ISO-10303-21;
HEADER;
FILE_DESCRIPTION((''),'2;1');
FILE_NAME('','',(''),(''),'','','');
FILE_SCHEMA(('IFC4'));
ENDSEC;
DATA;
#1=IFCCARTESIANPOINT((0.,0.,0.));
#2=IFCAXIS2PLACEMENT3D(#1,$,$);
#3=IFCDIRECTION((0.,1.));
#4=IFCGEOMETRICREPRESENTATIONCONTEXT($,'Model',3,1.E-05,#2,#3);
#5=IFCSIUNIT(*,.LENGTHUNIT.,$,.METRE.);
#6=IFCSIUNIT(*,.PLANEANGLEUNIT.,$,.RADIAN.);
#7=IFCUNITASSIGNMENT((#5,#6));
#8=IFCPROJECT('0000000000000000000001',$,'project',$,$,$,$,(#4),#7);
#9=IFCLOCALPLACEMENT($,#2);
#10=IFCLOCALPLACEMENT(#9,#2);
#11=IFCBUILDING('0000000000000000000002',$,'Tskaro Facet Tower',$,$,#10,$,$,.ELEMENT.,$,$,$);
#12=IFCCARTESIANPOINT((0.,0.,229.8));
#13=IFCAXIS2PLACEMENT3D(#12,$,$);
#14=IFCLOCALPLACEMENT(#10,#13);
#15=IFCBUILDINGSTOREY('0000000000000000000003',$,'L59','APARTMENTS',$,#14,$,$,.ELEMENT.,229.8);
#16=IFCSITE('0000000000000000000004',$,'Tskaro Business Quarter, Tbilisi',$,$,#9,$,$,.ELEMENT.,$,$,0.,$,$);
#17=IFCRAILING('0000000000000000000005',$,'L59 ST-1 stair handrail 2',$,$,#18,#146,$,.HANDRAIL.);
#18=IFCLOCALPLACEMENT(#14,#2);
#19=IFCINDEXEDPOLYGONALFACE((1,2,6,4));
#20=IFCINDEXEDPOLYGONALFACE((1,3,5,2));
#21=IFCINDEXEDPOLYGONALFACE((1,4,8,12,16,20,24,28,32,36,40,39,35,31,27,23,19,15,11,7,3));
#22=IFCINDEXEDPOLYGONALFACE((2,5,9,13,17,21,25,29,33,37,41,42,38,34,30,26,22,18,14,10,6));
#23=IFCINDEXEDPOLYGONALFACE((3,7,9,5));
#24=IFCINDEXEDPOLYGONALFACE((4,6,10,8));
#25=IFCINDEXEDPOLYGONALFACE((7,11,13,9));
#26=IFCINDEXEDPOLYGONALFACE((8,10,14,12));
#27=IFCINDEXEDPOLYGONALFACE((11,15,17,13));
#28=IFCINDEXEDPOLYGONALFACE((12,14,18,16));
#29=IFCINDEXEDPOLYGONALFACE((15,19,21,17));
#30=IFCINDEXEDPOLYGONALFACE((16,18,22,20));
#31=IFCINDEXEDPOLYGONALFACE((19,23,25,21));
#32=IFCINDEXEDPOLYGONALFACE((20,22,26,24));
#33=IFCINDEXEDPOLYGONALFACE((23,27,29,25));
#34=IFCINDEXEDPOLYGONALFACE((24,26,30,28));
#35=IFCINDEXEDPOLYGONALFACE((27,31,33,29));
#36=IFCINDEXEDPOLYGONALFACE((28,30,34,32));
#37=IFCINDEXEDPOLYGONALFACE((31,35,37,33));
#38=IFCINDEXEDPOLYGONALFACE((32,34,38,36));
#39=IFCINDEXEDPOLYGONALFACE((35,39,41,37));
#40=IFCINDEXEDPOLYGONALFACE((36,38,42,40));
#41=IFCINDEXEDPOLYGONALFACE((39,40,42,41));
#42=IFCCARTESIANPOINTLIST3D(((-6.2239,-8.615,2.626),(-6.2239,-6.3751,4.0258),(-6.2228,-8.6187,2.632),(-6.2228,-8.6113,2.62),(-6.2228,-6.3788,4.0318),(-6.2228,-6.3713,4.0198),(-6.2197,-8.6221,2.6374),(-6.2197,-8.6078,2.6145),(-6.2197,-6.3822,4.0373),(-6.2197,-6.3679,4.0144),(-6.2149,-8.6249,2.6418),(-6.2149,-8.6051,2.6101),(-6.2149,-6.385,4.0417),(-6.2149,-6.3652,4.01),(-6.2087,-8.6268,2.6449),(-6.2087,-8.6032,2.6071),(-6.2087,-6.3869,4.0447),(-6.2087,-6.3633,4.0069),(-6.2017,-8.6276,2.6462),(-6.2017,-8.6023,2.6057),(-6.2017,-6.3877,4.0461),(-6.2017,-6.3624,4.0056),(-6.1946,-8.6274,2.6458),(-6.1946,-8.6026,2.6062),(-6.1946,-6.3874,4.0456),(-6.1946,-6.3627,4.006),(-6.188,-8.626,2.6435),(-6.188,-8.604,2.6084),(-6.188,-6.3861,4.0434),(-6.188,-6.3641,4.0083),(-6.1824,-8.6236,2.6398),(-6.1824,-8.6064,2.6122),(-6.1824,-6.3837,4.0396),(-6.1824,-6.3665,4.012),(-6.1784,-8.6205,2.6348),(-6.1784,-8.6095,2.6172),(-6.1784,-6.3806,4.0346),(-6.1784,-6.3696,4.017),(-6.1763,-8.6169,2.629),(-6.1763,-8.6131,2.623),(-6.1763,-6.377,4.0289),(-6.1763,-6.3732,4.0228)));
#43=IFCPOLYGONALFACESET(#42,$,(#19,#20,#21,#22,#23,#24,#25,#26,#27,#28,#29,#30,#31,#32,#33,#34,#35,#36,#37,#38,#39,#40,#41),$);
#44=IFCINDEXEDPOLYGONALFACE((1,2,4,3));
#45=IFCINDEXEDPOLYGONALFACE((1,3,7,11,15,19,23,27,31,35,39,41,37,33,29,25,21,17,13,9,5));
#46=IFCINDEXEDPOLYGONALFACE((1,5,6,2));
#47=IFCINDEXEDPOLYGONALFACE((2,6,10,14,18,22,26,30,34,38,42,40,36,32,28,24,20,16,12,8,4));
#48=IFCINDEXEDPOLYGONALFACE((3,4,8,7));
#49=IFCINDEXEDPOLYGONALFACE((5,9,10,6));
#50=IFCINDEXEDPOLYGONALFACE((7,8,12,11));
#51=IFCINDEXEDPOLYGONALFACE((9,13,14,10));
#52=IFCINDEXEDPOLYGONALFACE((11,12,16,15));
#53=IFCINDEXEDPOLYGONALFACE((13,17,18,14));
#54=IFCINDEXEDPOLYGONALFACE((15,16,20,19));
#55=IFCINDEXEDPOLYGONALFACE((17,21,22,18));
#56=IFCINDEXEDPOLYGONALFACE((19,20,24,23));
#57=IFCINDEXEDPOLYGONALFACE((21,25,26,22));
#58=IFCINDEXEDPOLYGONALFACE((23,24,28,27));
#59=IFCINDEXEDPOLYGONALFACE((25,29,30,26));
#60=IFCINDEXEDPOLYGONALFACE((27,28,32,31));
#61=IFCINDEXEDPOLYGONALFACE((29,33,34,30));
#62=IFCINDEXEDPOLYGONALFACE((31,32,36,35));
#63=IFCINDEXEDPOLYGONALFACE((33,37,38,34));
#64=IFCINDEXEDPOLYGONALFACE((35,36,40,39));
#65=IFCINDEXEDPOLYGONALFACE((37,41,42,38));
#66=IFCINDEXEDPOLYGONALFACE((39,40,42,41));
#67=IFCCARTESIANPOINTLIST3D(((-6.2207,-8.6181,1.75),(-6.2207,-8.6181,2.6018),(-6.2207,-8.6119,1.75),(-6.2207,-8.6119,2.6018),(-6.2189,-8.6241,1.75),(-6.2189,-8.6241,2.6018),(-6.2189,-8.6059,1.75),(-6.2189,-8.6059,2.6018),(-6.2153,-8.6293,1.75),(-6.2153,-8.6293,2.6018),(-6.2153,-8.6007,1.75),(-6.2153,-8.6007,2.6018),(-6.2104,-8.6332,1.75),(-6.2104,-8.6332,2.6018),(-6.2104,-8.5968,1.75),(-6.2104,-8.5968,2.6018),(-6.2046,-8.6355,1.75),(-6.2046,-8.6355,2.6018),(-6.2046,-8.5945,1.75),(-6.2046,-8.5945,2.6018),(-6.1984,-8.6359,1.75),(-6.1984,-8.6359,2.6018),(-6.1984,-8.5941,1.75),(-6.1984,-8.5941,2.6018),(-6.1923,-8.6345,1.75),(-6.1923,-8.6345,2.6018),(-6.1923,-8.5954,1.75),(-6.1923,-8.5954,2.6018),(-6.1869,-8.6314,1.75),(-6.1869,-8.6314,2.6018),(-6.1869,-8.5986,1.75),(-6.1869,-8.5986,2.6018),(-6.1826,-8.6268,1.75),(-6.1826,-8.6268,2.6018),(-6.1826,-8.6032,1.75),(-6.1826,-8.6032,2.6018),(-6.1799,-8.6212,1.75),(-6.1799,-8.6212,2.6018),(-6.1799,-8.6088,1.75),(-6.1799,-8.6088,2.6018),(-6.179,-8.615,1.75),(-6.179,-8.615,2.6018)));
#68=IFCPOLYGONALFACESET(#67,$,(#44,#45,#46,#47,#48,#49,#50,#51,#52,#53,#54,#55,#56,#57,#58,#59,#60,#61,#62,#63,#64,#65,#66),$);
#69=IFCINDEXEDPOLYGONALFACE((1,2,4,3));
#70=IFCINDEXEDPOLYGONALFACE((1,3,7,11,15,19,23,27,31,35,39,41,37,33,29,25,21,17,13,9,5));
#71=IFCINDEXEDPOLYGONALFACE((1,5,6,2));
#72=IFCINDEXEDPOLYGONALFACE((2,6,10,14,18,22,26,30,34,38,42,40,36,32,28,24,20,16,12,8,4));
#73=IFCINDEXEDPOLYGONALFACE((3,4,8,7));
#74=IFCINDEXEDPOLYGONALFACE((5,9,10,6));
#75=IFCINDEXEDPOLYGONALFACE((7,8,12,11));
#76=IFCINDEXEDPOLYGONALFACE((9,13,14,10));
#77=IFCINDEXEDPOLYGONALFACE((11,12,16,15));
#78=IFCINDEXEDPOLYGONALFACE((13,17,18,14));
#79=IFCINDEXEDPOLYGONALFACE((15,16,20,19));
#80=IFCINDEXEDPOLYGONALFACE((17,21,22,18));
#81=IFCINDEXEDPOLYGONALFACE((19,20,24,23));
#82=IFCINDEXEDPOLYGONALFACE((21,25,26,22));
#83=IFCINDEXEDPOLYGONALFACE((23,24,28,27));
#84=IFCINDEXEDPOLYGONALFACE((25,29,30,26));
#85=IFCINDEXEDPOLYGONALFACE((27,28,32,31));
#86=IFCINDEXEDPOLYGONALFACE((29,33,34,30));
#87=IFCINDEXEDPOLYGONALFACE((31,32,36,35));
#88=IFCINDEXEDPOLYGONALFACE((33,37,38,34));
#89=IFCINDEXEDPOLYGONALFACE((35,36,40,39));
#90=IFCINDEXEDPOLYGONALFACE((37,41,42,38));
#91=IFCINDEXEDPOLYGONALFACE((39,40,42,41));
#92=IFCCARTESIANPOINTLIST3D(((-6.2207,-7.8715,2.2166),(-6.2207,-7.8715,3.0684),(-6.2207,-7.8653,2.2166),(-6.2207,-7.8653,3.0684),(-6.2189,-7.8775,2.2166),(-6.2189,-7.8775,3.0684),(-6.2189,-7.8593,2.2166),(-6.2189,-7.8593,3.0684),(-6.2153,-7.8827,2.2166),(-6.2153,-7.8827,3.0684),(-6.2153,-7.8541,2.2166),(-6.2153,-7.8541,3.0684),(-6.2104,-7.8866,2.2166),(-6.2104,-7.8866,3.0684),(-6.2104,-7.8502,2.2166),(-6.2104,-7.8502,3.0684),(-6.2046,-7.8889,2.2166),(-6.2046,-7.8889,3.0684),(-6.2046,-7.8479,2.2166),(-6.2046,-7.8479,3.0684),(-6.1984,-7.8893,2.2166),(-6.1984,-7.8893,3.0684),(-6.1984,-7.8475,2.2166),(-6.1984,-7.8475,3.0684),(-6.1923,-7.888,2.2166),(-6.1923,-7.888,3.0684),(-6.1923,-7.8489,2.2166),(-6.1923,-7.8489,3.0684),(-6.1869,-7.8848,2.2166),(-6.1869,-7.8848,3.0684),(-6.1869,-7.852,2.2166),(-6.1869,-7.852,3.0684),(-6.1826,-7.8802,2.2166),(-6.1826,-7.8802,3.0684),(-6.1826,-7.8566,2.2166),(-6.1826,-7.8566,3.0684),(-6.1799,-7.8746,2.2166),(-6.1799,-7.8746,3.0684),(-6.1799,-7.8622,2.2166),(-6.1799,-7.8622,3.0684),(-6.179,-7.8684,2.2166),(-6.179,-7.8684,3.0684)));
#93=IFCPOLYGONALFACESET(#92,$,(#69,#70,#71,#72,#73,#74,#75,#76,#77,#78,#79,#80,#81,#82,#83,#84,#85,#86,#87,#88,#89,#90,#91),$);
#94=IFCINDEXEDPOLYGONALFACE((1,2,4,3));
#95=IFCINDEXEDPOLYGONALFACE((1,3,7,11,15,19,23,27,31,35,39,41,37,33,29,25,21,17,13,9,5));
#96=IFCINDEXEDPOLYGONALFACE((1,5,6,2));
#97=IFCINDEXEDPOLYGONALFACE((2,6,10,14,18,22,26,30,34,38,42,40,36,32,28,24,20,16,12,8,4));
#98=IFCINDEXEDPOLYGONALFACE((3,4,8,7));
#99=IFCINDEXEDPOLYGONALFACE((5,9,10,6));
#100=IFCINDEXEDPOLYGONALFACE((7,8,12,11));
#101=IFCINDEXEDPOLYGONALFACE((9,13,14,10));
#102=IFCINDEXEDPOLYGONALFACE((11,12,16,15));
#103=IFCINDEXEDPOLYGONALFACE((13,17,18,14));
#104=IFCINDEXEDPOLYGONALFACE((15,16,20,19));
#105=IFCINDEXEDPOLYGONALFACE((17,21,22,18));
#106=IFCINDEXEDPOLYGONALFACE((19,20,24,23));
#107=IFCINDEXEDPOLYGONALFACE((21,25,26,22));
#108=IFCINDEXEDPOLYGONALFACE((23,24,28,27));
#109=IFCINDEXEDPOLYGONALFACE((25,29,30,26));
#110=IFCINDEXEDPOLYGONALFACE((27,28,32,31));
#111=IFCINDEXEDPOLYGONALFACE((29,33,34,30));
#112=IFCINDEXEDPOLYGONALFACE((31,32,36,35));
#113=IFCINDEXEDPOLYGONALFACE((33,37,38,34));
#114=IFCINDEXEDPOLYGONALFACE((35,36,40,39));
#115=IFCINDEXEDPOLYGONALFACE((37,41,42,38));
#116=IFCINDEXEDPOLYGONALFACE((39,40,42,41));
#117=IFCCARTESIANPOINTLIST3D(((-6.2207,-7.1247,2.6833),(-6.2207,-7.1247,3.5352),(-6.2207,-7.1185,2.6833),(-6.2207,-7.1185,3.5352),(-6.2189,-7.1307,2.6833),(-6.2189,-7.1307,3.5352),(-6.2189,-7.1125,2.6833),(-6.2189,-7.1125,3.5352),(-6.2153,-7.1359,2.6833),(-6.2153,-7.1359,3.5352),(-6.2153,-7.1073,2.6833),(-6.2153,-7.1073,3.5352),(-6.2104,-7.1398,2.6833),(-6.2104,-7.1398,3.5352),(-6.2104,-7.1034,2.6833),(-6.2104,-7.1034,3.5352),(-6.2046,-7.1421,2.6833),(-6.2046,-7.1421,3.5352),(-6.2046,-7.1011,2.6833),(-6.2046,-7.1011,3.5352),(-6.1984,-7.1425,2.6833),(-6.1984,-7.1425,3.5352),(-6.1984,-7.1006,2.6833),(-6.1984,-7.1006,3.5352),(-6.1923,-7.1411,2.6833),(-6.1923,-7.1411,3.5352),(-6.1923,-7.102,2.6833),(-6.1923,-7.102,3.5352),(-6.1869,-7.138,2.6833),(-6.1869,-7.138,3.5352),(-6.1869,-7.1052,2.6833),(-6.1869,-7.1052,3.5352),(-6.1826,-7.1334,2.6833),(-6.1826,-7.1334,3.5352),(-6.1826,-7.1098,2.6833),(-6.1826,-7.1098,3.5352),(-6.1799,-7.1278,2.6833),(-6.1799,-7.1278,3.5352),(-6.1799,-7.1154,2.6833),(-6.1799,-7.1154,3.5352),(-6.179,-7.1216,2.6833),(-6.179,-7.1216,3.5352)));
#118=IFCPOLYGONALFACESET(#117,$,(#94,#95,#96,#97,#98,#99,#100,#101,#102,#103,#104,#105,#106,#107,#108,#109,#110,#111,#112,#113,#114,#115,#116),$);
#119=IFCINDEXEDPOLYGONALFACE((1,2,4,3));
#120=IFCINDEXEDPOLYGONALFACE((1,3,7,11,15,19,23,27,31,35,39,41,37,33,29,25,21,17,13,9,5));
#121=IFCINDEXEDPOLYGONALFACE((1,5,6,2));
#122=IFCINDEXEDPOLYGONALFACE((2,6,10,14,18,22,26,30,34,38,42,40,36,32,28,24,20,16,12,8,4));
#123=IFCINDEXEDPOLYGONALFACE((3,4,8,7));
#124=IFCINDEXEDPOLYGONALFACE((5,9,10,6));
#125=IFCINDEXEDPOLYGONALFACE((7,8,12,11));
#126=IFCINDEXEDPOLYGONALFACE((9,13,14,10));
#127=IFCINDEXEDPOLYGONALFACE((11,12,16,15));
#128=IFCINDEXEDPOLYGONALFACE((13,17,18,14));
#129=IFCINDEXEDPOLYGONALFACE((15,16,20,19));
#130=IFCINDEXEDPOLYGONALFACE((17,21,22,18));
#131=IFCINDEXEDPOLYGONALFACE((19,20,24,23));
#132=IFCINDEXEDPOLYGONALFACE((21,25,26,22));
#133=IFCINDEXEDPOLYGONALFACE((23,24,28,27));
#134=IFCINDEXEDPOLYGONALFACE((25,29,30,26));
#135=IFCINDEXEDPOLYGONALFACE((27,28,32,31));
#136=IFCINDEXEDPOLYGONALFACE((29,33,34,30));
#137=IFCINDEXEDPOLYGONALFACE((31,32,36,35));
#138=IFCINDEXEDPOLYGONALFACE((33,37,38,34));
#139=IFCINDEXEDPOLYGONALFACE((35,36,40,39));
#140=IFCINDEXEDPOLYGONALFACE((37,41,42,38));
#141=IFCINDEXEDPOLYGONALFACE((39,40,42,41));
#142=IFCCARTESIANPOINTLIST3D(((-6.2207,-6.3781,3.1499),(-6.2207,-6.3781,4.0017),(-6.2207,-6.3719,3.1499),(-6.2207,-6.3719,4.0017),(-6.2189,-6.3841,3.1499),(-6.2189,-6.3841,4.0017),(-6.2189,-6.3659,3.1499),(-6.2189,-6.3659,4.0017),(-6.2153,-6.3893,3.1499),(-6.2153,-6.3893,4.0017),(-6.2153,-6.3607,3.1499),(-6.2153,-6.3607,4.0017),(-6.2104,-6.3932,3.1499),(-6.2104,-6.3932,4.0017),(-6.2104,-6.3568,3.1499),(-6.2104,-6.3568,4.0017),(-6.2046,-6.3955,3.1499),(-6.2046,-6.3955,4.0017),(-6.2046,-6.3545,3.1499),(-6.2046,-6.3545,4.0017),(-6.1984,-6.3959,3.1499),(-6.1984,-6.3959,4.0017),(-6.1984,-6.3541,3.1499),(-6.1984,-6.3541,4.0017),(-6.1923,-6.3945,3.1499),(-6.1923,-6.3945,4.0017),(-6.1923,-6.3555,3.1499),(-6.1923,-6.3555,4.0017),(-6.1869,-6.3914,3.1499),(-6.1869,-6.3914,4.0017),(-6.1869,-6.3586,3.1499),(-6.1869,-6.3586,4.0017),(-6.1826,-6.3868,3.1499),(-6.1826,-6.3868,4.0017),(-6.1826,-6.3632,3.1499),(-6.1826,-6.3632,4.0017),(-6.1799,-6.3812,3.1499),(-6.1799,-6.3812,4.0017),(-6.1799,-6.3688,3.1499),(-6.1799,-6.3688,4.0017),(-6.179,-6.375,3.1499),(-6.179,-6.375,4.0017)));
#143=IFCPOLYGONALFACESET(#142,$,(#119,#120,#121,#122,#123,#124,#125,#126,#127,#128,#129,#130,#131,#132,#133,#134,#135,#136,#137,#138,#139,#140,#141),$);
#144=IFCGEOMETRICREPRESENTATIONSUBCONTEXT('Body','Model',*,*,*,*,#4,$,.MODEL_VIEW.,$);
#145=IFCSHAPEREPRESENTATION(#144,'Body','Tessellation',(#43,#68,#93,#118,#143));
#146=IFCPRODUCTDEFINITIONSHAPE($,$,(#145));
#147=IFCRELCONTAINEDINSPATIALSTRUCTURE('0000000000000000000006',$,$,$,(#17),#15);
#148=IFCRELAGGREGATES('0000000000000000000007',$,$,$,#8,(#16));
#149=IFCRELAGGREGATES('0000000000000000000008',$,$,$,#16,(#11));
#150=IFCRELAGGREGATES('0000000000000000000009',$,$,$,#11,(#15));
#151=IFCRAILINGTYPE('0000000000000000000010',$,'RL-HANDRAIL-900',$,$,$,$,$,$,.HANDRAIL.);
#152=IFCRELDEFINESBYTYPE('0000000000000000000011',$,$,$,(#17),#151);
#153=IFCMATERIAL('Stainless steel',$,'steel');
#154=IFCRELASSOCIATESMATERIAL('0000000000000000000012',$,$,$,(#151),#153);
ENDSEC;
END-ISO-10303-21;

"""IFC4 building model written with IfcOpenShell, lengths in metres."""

from ifc_helpers import new_model, si_unit, direction, frame, origin, origin_2d, place, context, subcontext, project, spatial, circle, extrude, material, type_object, element, save


model = new_model("IFC4")

# Units and contexts
model_context = context("Model", 3, precision=1e-05, world=origin(), true_north=direction((0.0, 1.0)))
body_context = subcontext(model_context, "Body", "Model", "MODEL_VIEW")
ifc_project = project(units=[si_unit("LENGTHUNIT", "METRE"), si_unit("PLANEANGLEUNIT", "RADIAN")], contexts=[model_context])

# Site, building, storey
site_placement = place(None, origin())
site = spatial("IfcSite", under=ifc_project, at=site_placement, Name="Tskaro Business Quarter, Tbilisi", CompositionType="ELEMENT", RefElevation=0.0)
building_placement = place(site_placement, origin())
building = spatial("IfcBuilding", under=site, at=building_placement, Name="Tskaro Facet Tower", CompositionType="ELEMENT")
storey_placement = place(building_placement, frame((0.0, 0.0, 229.8)))
storey = spatial("IfcBuildingStorey", under=building, at=storey_placement, Name="L59", Description="APARTMENTS", CompositionType="ELEMENT", Elevation=229.8)

# Shared definitions
ifc_material_1 = material(Name="Stainless steel", Category="steel")

# Railing
railing_type_1 = type_object("IfcRailingType", Name="RL-HANDRAIL-900", PredefinedType="HANDRAIL", material=ifc_material_1)
railing_1_placement = place(storey_placement, frame((-6.2, -8.615, 1.75)))
element("IfcRailing", 1, at=railing_1_placement, inside=storey, type_object=railing_type_1, Name="L59 ST-1 stair handrail 2", PredefinedType="HANDRAIL", context=body_context, shape_type="SweptSolid", body=[
    extrude(circle(Radius=0.0239, at=origin_2d()), frame((0.0, 0.0, 0.876), z_axis=(0.0, 0.848014, 0.529974), x_axis=(-1.0, 0.0, 0.0)), (0.0, 0.0, 1.0), 2.6414),
    extrude(circle(Radius=0.021, at=origin_2d()), origin(), (0.0, 0.0, 1.0), 0.8518),
    extrude(circle(Radius=0.021, at=origin_2d()), frame((0.0, 0.7466, 0.4666)), (0.0, 0.0, 1.0), 0.8518),
    extrude(circle(Radius=0.021, at=origin_2d()), frame((0.0, 1.4934, 0.9333)), (0.0, 0.0, 1.0), 0.8518),
    extrude(circle(Radius=0.021, at=origin_2d()), frame((0.0, 2.24, 1.3999)), (0.0, 0.0, 1.0), 0.8518),
])

save(model, "model.ifc")
